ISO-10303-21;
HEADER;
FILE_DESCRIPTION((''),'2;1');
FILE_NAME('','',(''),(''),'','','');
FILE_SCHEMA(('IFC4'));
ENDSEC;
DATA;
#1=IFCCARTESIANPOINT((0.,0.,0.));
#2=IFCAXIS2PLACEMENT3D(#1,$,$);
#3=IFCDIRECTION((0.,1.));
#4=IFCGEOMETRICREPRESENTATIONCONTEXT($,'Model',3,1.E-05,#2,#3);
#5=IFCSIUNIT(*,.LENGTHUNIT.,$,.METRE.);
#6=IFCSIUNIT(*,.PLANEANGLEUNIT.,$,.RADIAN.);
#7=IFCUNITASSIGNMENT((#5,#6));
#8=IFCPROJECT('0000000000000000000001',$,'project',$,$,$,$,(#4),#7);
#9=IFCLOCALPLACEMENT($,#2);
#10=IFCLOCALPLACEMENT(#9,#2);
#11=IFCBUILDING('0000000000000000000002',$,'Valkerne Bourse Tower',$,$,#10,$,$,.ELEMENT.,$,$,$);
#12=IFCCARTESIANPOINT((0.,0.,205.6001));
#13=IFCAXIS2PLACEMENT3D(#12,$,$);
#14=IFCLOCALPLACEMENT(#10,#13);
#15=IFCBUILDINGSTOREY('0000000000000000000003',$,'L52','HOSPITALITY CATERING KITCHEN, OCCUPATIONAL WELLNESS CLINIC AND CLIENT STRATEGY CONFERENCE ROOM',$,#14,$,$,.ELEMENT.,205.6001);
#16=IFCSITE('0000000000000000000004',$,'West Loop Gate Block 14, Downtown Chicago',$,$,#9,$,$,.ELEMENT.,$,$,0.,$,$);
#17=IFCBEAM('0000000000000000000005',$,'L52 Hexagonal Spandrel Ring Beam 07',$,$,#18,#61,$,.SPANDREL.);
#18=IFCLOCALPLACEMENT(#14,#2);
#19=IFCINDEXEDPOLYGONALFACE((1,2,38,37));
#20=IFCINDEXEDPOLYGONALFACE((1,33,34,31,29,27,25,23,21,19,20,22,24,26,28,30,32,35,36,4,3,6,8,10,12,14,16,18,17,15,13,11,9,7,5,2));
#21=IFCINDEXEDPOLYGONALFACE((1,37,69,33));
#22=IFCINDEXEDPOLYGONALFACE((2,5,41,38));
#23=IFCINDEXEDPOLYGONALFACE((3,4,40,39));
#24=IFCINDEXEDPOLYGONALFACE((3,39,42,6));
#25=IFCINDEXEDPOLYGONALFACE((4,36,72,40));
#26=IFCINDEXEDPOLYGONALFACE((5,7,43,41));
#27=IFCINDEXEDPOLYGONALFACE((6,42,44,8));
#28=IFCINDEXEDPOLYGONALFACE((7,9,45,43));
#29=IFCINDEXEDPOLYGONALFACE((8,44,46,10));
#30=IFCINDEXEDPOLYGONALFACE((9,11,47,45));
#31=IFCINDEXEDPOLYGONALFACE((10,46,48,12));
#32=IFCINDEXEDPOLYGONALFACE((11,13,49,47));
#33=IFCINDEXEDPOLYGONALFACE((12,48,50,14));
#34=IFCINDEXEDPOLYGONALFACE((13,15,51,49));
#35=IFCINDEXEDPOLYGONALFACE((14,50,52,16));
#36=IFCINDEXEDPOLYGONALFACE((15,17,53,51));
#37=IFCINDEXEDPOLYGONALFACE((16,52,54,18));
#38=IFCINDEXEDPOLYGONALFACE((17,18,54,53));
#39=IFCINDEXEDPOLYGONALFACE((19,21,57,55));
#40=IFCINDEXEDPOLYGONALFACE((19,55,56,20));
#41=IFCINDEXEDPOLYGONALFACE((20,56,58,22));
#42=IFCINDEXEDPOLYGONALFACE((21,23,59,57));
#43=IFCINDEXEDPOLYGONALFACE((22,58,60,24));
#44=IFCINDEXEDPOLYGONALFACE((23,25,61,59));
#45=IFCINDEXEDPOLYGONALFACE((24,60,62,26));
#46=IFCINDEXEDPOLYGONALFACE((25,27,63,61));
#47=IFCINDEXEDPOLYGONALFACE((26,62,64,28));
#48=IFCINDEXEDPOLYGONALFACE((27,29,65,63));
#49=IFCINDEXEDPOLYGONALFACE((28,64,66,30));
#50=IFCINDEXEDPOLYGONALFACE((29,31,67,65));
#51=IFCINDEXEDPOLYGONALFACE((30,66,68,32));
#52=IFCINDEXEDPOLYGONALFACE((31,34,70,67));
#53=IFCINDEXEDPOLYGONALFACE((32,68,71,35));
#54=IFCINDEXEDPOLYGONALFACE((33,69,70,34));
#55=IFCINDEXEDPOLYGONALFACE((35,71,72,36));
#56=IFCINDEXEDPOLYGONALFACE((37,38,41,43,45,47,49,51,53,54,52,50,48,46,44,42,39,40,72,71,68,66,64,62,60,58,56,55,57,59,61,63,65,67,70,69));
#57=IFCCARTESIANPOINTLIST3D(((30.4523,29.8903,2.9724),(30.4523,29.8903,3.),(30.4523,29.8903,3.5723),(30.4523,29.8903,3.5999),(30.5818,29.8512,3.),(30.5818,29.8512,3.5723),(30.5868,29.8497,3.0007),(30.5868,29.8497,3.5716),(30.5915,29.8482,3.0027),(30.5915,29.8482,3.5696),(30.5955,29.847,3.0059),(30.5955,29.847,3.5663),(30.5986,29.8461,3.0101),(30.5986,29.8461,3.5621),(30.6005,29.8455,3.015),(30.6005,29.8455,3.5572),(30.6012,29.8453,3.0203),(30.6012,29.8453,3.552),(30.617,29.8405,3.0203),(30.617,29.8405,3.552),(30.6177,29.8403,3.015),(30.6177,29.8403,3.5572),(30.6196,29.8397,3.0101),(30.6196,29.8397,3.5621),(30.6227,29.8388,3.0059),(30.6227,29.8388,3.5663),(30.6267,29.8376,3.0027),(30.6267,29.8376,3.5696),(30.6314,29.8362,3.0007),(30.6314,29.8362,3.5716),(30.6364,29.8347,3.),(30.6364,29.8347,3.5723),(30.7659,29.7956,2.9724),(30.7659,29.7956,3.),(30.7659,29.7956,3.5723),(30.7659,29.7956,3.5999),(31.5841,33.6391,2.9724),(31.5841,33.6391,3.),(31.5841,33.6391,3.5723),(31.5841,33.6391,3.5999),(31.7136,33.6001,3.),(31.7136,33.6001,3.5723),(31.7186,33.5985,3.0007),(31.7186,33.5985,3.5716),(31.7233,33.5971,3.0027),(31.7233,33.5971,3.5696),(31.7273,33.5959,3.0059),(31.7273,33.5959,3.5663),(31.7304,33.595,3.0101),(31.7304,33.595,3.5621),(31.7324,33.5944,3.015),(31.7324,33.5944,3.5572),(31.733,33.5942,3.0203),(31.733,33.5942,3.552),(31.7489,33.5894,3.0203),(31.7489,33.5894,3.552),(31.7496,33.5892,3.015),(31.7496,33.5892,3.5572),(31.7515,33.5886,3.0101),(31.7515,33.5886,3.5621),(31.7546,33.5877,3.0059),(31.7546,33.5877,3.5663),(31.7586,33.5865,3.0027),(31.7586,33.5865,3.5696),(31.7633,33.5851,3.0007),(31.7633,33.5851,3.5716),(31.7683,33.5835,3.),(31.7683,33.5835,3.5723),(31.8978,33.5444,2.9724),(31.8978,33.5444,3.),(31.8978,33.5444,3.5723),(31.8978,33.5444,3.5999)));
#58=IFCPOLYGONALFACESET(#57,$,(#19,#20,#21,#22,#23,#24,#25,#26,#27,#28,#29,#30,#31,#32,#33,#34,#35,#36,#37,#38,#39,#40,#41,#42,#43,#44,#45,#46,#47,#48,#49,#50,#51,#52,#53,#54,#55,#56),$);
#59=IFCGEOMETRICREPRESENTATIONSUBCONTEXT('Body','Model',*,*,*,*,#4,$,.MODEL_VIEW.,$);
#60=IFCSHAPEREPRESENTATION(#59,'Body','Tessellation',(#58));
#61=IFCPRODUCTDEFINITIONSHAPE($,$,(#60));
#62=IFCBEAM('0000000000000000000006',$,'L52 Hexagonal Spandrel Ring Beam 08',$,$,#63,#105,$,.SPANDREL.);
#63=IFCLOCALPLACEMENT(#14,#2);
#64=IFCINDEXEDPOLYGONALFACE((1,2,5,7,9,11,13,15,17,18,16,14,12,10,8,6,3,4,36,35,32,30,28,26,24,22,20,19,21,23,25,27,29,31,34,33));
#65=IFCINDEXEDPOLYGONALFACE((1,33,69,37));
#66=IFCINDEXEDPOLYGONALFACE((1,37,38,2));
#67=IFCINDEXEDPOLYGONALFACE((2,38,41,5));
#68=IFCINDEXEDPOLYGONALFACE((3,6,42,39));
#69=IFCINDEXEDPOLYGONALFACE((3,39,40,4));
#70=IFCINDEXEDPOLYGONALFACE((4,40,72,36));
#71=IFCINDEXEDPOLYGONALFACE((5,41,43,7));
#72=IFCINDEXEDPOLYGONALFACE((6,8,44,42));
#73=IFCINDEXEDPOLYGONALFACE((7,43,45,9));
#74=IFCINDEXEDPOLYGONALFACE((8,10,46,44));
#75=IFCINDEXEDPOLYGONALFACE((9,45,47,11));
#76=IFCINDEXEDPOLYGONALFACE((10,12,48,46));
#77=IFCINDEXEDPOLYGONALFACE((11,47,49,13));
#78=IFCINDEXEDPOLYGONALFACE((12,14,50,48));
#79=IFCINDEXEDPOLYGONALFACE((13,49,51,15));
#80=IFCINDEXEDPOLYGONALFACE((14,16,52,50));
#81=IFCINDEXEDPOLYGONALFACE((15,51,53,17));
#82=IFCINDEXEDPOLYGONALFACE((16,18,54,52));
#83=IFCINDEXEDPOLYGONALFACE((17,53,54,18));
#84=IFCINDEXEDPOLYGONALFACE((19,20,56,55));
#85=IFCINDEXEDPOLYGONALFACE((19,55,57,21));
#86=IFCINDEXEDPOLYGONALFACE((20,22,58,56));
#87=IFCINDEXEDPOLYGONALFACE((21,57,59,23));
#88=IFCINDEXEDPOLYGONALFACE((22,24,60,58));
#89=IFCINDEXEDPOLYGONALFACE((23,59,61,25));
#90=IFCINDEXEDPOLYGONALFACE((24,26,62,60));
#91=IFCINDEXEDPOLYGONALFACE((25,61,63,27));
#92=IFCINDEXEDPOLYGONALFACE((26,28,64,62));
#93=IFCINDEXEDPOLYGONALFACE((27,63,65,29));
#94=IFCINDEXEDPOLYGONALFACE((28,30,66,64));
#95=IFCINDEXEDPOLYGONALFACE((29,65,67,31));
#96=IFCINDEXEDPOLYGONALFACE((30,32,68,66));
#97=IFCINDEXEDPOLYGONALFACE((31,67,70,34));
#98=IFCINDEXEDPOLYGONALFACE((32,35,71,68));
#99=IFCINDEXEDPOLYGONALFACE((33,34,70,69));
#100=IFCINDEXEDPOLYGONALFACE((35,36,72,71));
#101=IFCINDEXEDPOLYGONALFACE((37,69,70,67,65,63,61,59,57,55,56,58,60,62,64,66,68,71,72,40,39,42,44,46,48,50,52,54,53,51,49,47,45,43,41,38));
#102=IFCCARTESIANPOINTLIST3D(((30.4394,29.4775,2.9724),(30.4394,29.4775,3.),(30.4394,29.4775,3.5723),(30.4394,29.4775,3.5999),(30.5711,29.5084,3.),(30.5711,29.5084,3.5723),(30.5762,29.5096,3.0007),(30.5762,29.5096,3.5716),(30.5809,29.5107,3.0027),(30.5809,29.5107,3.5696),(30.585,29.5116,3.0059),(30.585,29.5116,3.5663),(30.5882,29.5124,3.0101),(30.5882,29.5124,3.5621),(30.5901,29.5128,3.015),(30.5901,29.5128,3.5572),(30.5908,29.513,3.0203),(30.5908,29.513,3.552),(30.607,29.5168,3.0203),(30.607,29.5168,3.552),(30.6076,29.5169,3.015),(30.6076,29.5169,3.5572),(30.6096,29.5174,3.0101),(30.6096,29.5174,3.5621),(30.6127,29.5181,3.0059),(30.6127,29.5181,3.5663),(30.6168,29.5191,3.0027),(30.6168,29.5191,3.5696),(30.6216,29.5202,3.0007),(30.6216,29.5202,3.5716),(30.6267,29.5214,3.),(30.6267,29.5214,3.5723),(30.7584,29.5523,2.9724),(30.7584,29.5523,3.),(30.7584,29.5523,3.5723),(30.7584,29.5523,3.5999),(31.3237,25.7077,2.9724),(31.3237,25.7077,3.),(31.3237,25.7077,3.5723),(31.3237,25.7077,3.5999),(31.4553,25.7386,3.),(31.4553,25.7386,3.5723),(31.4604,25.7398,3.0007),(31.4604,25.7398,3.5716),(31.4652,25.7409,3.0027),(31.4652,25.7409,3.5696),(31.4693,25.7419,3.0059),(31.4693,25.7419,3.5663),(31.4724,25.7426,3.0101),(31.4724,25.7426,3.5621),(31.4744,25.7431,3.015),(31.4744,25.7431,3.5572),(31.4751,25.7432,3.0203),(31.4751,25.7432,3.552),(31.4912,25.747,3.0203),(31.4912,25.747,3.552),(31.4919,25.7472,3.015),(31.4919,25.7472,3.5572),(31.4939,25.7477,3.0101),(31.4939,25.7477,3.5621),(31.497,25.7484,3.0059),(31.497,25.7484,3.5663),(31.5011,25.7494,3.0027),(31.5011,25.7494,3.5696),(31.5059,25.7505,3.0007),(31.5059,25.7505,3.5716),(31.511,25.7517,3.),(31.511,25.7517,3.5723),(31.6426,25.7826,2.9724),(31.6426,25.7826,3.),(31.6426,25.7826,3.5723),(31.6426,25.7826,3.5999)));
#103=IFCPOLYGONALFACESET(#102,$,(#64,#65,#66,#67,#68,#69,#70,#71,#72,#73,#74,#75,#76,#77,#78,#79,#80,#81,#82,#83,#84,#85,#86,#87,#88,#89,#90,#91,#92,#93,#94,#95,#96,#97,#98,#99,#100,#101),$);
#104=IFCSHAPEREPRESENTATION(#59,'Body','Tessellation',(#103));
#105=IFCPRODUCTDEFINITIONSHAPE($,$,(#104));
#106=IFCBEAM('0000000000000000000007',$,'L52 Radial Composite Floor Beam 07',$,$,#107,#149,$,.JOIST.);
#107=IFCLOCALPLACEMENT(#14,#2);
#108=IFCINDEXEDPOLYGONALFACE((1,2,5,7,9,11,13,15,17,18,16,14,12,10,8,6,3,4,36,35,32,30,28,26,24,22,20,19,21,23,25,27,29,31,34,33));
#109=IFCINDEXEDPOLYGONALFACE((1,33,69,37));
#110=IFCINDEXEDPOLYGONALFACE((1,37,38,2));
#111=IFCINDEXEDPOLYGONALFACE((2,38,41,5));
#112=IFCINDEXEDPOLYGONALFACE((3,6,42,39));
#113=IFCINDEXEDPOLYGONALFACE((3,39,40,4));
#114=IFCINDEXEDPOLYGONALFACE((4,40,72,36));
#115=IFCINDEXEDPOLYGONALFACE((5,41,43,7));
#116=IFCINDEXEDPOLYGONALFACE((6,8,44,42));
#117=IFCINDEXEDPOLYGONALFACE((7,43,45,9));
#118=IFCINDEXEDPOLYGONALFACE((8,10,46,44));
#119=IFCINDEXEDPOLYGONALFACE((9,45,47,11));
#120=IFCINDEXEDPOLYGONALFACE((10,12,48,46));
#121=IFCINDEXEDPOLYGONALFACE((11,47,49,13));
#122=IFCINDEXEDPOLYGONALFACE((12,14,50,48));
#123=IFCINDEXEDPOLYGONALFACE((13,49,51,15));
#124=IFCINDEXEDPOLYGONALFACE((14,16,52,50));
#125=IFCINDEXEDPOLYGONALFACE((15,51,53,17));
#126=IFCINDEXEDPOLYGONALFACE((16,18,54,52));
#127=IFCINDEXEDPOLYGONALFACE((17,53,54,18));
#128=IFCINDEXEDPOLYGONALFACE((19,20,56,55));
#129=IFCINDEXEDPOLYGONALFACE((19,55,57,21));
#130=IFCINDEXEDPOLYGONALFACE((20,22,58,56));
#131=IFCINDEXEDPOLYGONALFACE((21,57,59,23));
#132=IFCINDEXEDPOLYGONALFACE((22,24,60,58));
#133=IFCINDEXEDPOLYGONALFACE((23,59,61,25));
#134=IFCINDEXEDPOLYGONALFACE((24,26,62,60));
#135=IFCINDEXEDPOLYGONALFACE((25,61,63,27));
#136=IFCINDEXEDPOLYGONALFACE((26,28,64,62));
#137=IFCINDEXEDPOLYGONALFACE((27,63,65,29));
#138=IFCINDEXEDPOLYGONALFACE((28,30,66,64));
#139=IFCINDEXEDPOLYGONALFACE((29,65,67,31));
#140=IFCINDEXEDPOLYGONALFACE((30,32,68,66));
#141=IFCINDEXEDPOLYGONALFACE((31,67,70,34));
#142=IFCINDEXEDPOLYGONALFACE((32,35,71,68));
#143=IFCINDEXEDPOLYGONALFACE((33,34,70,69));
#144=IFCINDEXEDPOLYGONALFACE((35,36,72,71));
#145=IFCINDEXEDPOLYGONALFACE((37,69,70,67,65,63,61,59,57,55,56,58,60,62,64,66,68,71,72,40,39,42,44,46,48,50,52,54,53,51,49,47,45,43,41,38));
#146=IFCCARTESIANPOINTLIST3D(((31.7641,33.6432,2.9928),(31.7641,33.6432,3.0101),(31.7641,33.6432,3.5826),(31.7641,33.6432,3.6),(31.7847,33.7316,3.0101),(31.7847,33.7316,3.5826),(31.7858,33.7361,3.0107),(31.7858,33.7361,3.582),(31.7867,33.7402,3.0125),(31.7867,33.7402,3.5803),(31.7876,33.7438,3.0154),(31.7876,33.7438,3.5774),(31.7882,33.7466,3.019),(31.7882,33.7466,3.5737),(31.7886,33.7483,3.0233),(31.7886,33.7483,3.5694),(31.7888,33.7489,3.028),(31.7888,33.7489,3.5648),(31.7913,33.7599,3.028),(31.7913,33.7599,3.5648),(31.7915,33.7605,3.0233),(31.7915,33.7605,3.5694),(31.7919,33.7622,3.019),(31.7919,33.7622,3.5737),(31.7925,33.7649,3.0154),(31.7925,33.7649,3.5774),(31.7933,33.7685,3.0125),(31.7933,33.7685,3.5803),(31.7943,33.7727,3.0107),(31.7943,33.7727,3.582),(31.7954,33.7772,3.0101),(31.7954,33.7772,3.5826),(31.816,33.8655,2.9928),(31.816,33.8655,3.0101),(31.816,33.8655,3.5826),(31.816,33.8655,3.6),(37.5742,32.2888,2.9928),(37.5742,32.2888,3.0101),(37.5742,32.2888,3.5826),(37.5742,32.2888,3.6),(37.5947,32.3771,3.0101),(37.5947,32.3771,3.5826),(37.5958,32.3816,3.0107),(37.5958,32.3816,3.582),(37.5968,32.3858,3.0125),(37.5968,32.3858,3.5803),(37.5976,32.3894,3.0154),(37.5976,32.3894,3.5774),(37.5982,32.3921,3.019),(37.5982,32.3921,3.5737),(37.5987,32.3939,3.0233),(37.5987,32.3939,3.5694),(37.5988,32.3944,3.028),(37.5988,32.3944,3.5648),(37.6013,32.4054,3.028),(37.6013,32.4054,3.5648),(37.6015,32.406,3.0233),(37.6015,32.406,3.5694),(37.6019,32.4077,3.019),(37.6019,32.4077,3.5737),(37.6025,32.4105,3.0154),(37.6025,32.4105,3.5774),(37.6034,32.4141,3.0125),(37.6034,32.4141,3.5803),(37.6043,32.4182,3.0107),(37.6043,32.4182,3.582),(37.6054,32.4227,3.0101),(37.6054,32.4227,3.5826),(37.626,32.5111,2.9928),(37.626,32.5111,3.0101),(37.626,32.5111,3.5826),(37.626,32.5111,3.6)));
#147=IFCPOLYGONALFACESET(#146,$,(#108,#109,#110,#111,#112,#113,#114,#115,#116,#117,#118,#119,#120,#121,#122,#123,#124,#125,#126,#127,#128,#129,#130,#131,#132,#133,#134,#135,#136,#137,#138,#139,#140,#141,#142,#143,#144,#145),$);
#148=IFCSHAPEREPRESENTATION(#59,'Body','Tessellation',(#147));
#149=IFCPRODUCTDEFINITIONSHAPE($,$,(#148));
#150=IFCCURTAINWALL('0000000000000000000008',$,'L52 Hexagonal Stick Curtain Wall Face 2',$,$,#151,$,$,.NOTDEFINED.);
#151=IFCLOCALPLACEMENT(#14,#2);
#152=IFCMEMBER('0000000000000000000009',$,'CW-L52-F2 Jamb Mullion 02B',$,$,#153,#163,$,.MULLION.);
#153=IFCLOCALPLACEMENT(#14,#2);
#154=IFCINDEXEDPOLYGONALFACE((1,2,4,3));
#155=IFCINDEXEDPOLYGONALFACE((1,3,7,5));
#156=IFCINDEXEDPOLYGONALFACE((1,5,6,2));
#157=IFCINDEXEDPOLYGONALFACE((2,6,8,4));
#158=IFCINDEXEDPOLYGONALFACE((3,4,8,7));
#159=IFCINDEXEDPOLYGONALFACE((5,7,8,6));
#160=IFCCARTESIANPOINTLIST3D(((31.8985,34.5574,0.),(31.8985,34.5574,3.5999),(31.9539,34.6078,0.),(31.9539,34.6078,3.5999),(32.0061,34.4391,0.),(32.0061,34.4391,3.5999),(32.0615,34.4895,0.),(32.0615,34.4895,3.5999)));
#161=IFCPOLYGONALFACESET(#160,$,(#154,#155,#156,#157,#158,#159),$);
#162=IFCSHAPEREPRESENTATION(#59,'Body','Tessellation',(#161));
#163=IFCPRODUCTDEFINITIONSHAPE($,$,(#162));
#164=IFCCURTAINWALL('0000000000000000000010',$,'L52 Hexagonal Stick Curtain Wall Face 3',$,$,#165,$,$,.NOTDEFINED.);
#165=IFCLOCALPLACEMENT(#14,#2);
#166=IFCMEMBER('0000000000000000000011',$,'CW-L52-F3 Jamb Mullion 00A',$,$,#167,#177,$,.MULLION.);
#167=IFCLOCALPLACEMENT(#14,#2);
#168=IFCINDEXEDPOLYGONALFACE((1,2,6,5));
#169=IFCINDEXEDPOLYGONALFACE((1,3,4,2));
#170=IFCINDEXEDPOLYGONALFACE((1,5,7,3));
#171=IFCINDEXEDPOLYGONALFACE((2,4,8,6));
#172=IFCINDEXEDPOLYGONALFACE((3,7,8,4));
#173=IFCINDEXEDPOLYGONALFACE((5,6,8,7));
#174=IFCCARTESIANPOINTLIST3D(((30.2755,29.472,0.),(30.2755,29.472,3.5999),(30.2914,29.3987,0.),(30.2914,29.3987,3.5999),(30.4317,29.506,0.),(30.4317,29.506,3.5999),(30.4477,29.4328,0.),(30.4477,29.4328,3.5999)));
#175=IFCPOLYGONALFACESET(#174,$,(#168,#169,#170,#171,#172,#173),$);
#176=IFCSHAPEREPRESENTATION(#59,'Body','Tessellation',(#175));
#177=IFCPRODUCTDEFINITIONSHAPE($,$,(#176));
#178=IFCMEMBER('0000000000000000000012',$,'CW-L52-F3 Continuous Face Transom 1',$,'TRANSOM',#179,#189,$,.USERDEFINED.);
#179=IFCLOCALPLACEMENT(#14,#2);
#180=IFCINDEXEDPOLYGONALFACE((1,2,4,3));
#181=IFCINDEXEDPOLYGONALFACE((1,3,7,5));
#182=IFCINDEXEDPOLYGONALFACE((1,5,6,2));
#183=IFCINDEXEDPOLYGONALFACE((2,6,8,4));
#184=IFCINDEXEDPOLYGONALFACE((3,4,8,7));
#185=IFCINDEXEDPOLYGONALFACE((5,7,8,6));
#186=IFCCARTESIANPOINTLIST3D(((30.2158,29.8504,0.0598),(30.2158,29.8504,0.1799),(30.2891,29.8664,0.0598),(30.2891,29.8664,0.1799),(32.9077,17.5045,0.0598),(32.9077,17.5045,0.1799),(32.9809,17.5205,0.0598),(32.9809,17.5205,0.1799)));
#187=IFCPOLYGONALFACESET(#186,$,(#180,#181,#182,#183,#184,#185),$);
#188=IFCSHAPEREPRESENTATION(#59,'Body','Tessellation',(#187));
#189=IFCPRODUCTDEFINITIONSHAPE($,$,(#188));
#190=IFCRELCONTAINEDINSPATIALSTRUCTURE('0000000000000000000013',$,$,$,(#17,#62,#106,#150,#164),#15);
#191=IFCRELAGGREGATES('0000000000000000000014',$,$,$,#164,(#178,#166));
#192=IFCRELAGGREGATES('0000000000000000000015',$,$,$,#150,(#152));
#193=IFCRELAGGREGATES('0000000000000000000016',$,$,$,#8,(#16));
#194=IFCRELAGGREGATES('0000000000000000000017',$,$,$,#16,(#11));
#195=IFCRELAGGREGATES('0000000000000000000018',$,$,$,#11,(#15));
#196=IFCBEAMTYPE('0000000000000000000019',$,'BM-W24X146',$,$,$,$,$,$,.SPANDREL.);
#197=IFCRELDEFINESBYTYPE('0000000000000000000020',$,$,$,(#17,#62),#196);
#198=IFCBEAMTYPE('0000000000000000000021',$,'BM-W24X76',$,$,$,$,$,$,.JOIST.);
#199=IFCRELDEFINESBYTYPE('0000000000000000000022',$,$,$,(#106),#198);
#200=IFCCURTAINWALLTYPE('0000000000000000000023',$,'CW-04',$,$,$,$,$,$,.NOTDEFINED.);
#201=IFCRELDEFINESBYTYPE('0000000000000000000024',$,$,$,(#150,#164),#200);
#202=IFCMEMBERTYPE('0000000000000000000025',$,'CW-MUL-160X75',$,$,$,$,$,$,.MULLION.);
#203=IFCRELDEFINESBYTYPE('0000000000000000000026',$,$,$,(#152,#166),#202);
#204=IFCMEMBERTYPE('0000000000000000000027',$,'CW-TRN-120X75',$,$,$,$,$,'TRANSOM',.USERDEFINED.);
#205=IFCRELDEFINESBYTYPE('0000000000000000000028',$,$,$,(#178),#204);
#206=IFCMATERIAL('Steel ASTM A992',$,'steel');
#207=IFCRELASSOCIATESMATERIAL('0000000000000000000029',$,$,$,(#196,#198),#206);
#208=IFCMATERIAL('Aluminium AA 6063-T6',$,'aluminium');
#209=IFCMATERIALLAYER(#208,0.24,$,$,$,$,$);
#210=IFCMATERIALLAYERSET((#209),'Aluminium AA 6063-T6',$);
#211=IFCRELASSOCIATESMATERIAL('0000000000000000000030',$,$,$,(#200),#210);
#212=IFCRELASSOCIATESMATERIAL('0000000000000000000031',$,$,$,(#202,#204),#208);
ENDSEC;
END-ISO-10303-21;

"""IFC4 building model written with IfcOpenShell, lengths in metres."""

from ifc_helpers import new_model, si_unit, direction, frame, origin, origin_2d, place, context, subcontext, project, spatial, rectangle, i_section, extrude, material, layer, layer_set, material_profile, profile_set, type_object, element, aggregate, save


model = new_model("IFC4")

# Units and contexts
model_context = context("Model", 3, precision=1e-05, world=origin(), true_north=direction((0.0, 1.0)))
body_context = subcontext(model_context, "Body", "Model", "MODEL_VIEW")
ifc_project = project(units=[si_unit("LENGTHUNIT", "METRE"), si_unit("PLANEANGLEUNIT", "RADIAN")], contexts=[model_context])

# Site, building, storey
site_placement = place(None, origin())
site = spatial("IfcSite", under=ifc_project, at=site_placement, Name="West Loop Gate Block 14, Downtown Chicago", CompositionType="ELEMENT", RefElevation=0.0)
building_placement = place(site_placement, origin())
building = spatial("IfcBuilding", under=site, at=building_placement, Name="Valkerne Bourse Tower", CompositionType="ELEMENT")
storey_placement = place(building_placement, frame((0.0, 0.0, 205.6001)))
storey = spatial("IfcBuildingStorey", under=building, at=storey_placement, Name="L52", Description="HOSPITALITY CATERING KITCHEN, OCCUPATIONAL WELLNESS CLINIC AND CLIENT STRATEGY CONFERENCE ROOM", CompositionType="ELEMENT", Elevation=205.6001)

# Beams
ifc_material_1 = material(Name="Steel ASTM A992", Category="steel")
ifc_material_profile_1 = material_profile(ifc_material_1, i_section(OverallWidth=0.3276, OverallDepth=0.6274, WebThickness=0.0166, FlangeThickness=0.0276, FilletRadius=0.0203, at=origin_2d()), Name="W24X146")
ifc_profile_set_1 = profile_set([ifc_material_profile_1], Name="Steel ASTM A992")
beam_type_1 = type_object("IfcBeamType", Name="BM-W24X146", PredefinedType="SPANDREL", material=ifc_profile_set_1)
beam_1_placement = place(storey_placement, frame((31.741, 33.5918, 3.2861), z_axis=(-0.289035, -0.957319, 0.0), x_axis=(0.957319, -0.289035, 0.0)))
element("IfcBeam", 1, at=beam_1_placement, inside=storey, type_object=beam_type_1, Name="L52 Hexagonal Spandrel Ring Beam 07", PredefinedType="SPANDREL", context=body_context, shape_type="SweptSolid", body=[
    extrude(i_section(OverallWidth=0.3276, OverallDepth=0.6274, WebThickness=0.0166, FlangeThickness=0.0276, FilletRadius=0.0203, at=origin_2d()), origin(), (0.0, 0.0, 1.0), 3.916),
])
beam_2_placement = place(storey_placement, frame((30.5989, 29.5149, 3.2861), z_axis=(0.228372, -0.973574, 0.0), x_axis=(0.973574, 0.228372, 0.0)))
element("IfcBeam", 2, at=beam_2_placement, inside=storey, type_object=beam_type_1, Name="L52 Hexagonal Spandrel Ring Beam 08", PredefinedType="SPANDREL", context=body_context, shape_type="SweptSolid", body=[
    extrude(i_section(OverallWidth=0.3276, OverallDepth=0.6274, WebThickness=0.0166, FlangeThickness=0.0276, FilletRadius=0.0203, at=origin_2d()), origin(), (0.0, 0.0, 1.0), 3.8721),
])
ifc_material_profile_2 = material_profile(ifc_material_1, i_section(OverallWidth=0.2283, OverallDepth=0.6072, WebThickness=0.0112, FlangeThickness=0.0173, FilletRadius=0.0178, at=origin_2d()), Name="W24X76")
ifc_profile_set_2 = profile_set([ifc_material_profile_2], Name="Steel ASTM A992")
beam_type_2 = type_object("IfcBeamType", Name="BM-W24X76", PredefinedType="JOIST", material=ifc_profile_set_2)
beam_3_placement = place(storey_placement, frame((31.79, 33.7544, 3.2964), z_axis=(0.973885, -0.227041, 0.0), x_axis=(0.227041, 0.973885, 0.0)))
element("IfcBeam", 3, at=beam_3_placement, inside=storey, type_object=beam_type_2, Name="L52 Radial Composite Floor Beam 07", PredefinedType="JOIST", context=body_context, shape_type="SweptSolid", body=[
    extrude(i_section(OverallWidth=0.2283, OverallDepth=0.6072, WebThickness=0.0112, FlangeThickness=0.0173, FilletRadius=0.0178, at=origin_2d()), origin(), (0.0, 0.0, 1.0), 5.9658),
])

# Curtain wall, member
ifc_material_2 = material(Name="Aluminium AA 6063-T6", Category="aluminium")
ifc_layer_1 = layer(ifc_material_2, 0.24)
ifc_layer_set_1 = layer_set([ifc_layer_1], Name="Aluminium AA 6063-T6")
curtain_wall_type = type_object("IfcCurtainWallType", Name="CW-04", PredefinedType="NOTDEFINED", material=ifc_layer_set_1)
curtain_wall_1_placement = place(storey_placement, origin())
curtain_wall_1 = element("IfcCurtainWall", 4, at=curtain_wall_1_placement, inside=storey, type_object=curtain_wall_type, Name="L52 Hexagonal Stick Curtain Wall Face 2", PredefinedType="NOTDEFINED")
ifc_material_profile_3 = material_profile(ifc_material_2, rectangle(XDim=0.075, YDim=0.1599, at=origin_2d()), Name="CWM-75X160")
ifc_profile_set_3 = profile_set([ifc_material_profile_3], Name="Aluminium AA 6063-T6")
member_type_1 = type_object("IfcMemberType", Name="CW-MUL-160X75", PredefinedType="MULLION", material=ifc_profile_set_3)
member_1_placement = place(storey_placement, frame((31.98, 34.5234, 0.0), z_axis=(0.0, 0.0, 1.0), x_axis=(-0.739632, -0.673012, 0.0)))
member_1 = element("IfcMember", 5, at=member_1_placement, type_object=member_type_1, Name="CW-L52-F2 Jamb Mullion 02B", PredefinedType="MULLION", context=body_context, shape_type="SweptSolid", body=[
    extrude(rectangle(XDim=0.075, YDim=0.1599, at=origin_2d()), origin(), (0.0, 0.0, 1.0), 3.5999),
])

# Curtain wall, members
curtain_wall_2_placement = place(storey_placement, origin())
curtain_wall_2 = element("IfcCurtainWall", 6, at=curtain_wall_2_placement, inside=storey, type_object=curtain_wall_type, Name="L52 Hexagonal Stick Curtain Wall Face 3", PredefinedType="NOTDEFINED")
member_2_placement = place(storey_placement, frame((30.3616, 29.4524, 0.0), z_axis=(0.0, 0.0, 1.0), x_axis=(0.213035, -0.977045, 0.0)))
member_2 = element("IfcMember", 7, at=member_2_placement, type_object=member_type_1, Name="CW-L52-F3 Jamb Mullion 00A", PredefinedType="MULLION", context=body_context, shape_type="SweptSolid", body=[
    extrude(rectangle(XDim=0.075, YDim=0.1599, at=origin_2d()), origin(), (0.0, 0.0, 1.0), 3.5999),
])
ifc_material_profile_4 = material_profile(ifc_material_2, rectangle(XDim=0.075, YDim=0.1201, at=origin_2d()), Name="CWT-75X120")
ifc_profile_set_4 = profile_set([ifc_material_profile_4], Name="Aluminium AA 6063-T6")
member_type_2 = type_object("IfcMemberType", Name="CW-TRN-120X75", ElementType="TRANSOM", PredefinedType="USERDEFINED", material=ifc_profile_set_4)
member_3_placement = place(storey_placement, frame((30.2524, 29.8584, 0.1199), z_axis=(0.213034, -0.977045, 0.0), x_axis=(0.977045, 0.213034, 0.0)))
member_3 = element("IfcMember", 8, at=member_3_placement, type_object=member_type_2, Name="CW-L52-F3 Continuous Face Transom 1", ObjectType="TRANSOM", PredefinedType="USERDEFINED", context=body_context, shape_type="SweptSolid", body=[
    extrude(rectangle(XDim=0.075, YDim=0.1201, at=origin_2d()), origin(), (0.0, 0.0, 1.0), 12.636),
])
aggregate(curtain_wall_2, [member_3, member_2])

aggregate(curtain_wall_1, [member_1])

save(model, "model.ifc")
